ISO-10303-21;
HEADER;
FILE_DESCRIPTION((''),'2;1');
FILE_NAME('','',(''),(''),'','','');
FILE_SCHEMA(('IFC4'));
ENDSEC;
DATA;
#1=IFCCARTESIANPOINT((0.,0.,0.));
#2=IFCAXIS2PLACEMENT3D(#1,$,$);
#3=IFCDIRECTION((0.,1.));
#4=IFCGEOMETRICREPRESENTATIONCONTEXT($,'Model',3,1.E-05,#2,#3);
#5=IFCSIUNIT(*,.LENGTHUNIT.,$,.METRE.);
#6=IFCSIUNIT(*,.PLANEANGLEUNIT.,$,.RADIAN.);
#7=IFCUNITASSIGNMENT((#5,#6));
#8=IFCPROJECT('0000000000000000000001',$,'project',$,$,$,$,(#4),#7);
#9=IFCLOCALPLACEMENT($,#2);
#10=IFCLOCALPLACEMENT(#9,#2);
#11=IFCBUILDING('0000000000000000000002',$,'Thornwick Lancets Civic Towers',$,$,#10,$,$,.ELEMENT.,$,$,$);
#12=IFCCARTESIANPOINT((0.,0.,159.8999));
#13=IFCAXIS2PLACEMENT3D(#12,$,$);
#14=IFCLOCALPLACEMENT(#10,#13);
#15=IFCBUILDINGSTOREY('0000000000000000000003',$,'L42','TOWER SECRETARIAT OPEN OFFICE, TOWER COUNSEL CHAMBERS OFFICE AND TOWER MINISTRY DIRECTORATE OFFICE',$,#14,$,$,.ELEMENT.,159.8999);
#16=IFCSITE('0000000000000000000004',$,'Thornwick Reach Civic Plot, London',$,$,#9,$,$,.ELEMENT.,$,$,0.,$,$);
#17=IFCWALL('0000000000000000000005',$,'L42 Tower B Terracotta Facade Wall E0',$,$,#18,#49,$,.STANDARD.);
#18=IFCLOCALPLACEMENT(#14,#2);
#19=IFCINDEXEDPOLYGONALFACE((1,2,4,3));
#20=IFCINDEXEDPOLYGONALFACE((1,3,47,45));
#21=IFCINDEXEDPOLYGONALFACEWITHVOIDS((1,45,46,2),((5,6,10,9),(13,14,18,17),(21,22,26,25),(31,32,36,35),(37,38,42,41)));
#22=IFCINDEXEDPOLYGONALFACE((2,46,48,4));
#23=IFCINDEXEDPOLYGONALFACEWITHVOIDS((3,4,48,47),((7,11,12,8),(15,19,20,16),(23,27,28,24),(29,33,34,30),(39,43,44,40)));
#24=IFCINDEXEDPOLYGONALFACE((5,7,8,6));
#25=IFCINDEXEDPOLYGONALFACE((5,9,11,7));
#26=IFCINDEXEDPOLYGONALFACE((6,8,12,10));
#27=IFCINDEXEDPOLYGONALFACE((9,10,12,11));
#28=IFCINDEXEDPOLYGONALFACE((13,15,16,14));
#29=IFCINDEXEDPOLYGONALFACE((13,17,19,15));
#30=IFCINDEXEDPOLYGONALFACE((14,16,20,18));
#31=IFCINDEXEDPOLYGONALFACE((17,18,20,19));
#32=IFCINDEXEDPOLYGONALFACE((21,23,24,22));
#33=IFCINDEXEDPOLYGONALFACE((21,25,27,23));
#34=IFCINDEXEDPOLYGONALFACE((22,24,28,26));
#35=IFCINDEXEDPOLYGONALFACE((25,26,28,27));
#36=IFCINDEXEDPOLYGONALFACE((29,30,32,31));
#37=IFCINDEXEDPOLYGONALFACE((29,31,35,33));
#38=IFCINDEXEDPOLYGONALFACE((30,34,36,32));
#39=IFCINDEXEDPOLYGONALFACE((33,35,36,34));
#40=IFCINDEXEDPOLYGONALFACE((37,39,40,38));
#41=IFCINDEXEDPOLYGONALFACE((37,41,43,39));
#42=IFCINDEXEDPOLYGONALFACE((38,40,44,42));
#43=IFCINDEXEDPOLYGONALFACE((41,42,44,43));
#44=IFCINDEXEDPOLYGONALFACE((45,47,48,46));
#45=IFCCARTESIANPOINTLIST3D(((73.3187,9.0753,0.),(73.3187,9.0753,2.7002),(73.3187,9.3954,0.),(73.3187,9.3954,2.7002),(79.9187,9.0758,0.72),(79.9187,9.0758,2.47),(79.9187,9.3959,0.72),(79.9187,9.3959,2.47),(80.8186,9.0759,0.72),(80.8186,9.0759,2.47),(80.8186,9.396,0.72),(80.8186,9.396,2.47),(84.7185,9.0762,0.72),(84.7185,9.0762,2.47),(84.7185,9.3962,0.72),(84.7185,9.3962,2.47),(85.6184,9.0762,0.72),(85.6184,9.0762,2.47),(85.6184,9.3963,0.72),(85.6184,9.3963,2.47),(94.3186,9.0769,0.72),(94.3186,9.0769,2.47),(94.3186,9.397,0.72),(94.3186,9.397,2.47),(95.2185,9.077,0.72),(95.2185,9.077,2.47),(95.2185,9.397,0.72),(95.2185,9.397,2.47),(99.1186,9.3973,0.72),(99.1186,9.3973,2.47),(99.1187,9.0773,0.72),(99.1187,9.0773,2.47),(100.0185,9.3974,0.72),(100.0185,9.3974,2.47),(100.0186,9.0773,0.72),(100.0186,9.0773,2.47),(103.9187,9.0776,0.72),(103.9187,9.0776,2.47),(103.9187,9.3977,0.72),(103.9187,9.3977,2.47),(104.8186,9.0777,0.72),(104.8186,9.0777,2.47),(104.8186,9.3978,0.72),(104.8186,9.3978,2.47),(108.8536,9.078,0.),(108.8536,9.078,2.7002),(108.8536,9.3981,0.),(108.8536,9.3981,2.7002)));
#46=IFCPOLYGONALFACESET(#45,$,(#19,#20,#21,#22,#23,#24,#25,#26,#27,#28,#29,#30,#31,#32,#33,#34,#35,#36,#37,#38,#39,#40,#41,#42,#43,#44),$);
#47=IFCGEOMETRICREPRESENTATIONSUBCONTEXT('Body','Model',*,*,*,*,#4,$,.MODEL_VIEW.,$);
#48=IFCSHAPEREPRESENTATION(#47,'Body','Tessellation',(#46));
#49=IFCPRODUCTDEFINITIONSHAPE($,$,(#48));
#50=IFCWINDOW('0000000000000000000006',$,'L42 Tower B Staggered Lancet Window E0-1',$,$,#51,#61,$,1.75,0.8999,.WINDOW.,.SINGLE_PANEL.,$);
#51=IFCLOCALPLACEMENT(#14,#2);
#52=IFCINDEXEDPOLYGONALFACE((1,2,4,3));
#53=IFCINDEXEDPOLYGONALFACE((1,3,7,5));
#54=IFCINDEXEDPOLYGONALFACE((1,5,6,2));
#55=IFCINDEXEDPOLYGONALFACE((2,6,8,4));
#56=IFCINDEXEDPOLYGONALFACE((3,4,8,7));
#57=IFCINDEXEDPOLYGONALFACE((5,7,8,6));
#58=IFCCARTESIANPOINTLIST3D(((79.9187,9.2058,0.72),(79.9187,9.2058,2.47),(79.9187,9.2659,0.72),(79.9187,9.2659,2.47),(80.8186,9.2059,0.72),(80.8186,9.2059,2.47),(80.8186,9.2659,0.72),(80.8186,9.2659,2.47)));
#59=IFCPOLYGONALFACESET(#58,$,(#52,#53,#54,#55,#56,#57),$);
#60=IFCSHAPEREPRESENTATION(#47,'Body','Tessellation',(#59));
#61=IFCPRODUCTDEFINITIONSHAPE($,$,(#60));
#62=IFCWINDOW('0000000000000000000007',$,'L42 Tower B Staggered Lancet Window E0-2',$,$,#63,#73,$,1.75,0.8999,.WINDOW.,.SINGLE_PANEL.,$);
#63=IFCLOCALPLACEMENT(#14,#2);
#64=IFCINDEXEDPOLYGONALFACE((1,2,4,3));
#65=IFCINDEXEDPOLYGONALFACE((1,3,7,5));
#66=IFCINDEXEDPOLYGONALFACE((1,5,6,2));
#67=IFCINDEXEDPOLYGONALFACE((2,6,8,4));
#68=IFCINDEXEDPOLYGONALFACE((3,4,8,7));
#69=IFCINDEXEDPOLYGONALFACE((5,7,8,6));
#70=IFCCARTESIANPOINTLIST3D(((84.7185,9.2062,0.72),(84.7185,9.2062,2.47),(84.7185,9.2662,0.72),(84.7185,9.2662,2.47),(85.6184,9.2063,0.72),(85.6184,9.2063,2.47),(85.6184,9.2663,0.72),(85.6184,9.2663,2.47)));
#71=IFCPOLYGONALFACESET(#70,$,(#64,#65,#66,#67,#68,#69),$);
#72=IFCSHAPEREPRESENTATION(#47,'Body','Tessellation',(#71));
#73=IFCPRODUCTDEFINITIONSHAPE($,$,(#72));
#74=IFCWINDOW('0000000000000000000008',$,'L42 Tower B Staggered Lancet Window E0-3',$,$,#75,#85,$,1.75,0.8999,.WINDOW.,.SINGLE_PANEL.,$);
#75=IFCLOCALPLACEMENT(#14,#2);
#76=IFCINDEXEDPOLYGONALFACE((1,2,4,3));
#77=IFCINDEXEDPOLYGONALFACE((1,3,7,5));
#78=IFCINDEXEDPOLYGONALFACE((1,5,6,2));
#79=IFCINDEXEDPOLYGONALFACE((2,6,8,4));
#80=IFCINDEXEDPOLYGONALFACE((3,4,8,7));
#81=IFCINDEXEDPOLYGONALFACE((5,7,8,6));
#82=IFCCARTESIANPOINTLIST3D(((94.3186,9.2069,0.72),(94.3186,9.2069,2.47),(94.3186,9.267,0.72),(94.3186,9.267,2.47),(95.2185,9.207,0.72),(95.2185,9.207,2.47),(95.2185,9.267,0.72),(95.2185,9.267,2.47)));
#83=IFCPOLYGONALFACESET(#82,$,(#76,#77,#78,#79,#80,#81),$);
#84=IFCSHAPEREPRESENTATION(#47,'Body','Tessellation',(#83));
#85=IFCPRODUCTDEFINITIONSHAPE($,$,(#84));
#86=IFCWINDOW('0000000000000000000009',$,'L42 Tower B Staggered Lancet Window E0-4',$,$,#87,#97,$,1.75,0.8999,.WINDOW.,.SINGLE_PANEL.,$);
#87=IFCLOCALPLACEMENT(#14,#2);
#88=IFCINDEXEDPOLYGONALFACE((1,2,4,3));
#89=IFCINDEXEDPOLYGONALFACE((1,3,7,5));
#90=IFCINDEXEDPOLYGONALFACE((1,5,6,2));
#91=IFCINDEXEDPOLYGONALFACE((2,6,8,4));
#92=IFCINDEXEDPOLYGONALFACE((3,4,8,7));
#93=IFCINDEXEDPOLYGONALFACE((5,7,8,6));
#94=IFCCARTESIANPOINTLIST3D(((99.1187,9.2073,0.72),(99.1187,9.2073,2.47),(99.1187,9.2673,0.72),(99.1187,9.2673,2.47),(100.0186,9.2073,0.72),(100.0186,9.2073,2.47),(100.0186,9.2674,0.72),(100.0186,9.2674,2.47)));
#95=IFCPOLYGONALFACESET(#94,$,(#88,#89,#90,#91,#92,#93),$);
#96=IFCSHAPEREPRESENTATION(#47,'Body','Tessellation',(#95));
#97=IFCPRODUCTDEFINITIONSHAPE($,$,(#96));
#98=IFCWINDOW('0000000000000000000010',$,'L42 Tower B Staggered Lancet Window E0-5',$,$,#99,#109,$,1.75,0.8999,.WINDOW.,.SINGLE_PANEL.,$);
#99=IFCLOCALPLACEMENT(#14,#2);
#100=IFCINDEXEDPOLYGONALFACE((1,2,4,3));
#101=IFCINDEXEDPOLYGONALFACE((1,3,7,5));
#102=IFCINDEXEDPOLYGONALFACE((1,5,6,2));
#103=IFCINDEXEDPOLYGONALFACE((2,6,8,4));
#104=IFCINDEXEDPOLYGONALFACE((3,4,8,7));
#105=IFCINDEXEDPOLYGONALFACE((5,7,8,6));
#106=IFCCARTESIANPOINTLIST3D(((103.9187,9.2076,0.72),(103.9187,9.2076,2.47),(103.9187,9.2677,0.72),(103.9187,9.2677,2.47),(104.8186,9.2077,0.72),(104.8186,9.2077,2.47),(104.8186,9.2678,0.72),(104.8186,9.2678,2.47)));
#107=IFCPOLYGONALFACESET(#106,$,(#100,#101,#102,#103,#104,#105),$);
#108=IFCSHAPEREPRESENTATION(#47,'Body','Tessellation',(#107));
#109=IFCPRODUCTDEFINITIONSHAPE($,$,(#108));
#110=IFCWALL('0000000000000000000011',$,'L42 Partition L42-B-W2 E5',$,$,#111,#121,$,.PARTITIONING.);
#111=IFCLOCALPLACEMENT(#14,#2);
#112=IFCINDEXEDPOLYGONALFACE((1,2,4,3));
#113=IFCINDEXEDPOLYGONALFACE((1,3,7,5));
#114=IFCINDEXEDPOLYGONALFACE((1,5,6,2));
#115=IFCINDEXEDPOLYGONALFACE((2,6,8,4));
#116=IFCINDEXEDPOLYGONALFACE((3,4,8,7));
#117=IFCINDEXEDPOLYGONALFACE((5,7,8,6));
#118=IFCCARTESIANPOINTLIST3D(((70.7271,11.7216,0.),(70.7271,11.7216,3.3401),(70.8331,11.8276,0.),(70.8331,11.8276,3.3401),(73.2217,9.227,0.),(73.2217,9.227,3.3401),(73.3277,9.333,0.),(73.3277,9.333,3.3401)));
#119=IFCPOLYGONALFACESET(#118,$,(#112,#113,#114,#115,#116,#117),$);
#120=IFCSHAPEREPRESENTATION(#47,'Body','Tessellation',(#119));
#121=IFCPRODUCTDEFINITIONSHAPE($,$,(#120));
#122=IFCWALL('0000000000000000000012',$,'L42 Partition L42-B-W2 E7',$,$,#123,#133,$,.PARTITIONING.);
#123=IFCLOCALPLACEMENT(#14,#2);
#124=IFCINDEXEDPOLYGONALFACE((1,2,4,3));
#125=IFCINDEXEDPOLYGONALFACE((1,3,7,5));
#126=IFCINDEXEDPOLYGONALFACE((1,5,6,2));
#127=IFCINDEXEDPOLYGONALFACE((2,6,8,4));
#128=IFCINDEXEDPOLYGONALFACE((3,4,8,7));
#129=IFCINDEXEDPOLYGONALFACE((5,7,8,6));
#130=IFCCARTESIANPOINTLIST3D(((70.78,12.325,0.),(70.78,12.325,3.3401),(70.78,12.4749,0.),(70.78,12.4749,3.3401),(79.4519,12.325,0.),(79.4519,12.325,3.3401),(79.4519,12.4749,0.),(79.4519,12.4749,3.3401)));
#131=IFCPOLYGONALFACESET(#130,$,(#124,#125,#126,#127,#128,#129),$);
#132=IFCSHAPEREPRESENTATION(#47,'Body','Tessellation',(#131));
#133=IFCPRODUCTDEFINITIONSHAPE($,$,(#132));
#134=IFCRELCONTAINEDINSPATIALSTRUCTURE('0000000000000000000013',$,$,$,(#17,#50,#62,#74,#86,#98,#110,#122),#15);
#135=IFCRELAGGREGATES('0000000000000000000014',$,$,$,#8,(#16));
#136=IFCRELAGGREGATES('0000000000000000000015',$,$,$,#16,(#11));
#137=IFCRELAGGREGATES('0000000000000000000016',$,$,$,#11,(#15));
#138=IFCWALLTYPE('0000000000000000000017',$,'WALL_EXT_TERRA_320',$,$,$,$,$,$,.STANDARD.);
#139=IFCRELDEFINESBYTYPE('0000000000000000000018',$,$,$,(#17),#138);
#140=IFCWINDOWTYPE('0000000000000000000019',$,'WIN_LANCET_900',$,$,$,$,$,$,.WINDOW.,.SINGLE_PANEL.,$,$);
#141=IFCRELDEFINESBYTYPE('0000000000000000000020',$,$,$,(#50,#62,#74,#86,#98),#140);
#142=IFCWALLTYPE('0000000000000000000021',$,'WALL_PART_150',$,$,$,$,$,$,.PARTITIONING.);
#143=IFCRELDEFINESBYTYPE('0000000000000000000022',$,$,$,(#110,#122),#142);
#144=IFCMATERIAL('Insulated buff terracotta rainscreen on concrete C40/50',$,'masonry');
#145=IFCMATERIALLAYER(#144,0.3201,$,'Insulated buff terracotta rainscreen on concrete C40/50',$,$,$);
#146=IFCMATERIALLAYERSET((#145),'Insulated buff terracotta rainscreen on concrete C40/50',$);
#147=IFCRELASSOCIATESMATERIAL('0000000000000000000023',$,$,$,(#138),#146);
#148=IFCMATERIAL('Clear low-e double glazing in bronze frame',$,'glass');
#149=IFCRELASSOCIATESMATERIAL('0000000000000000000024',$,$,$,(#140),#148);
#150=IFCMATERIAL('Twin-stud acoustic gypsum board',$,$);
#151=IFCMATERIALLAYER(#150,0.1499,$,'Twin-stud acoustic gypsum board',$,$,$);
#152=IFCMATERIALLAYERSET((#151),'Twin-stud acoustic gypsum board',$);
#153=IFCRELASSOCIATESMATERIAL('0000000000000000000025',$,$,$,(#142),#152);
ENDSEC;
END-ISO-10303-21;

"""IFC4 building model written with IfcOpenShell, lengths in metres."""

from ifc_helpers import new_model, si_unit, direction, frame, frame_2d, origin, place, context, subcontext, project, spatial, rectangle, extrude, material, layer, layer_set, type_object, element, fill, save


model = new_model("IFC4")

# Units and contexts
model_context = context("Model", 3, precision=1e-05, world=origin(), true_north=direction((0.0, 1.0)))
body_context = subcontext(model_context, "Body", "Model", "MODEL_VIEW")
ifc_project = project(units=[si_unit("LENGTHUNIT", "METRE"), si_unit("PLANEANGLEUNIT", "RADIAN")], contexts=[model_context])

# Site, building, storey
site_placement = place(None, origin())
site = spatial("IfcSite", under=ifc_project, at=site_placement, Name="Thornwick Reach Civic Plot, London", CompositionType="ELEMENT", RefElevation=0.0)
building_placement = place(site_placement, origin())
building = spatial("IfcBuilding", under=site, at=building_placement, Name="Thornwick Lancets Civic Towers", CompositionType="ELEMENT")
storey_placement = place(building_placement, frame((0.0, 0.0, 159.8999)))
storey = spatial("IfcBuildingStorey", under=building, at=storey_placement, Name="L42", Description="TOWER SECRETARIAT OPEN OFFICE, TOWER COUNSEL CHAMBERS OFFICE AND TOWER MINISTRY DIRECTORATE OFFICE", CompositionType="ELEMENT", Elevation=159.8999)

# Wall, openings, windows
ifc_material_1 = material(Name="Insulated buff terracotta rainscreen on concrete C40/50", Category="masonry")
ifc_layer_1 = layer(ifc_material_1, 0.3201, Name="Insulated buff terracotta rainscreen on concrete C40/50")
ifc_layer_set_1 = layer_set([ifc_layer_1], Name="Insulated buff terracotta rainscreen on concrete C40/50")
wall_type_1 = type_object("IfcWallType", Name="WALL_EXT_TERRA_320", PredefinedType="STANDARD", material=ifc_layer_set_1)
ifc_material_2 = material(Name="Clear low-e double glazing in bronze frame", Category="glass")
window_type = type_object("IfcWindowType", Name="WIN_LANCET_900", PartitioningType="SINGLE_PANEL", PredefinedType="WINDOW", material=ifc_material_2)
wall_1_placement = place(storey_placement, frame((73.3186, 9.2354, 0.0), z_axis=(0.0, 0.0, 1.0), x_axis=(1.0, 0.000076, 0.0)))
wall_1 = element("IfcWall", 1, at=wall_1_placement, inside=storey, type_object=wall_type_1, Name="L42 Tower B Terracotta Facade Wall E0", PredefinedType="STANDARD", context=body_context, shape_type="SweptSolid", body=[
    extrude(rectangle(XDim=35.5349, YDim=0.3201, at=frame_2d((17.7676, 0.0))), origin(), (0.0, 0.0, 1.0), 2.7002),
])
opening_1_placement = place(wall_1_placement, frame((6.6001, 0.0, 0.72)))
opening_1 = element("IfcOpeningElement", 2, at=opening_1_placement, cuts=wall_1, PredefinedType="OPENING", context=body_context, shape_type="SweptSolid", body=[
    extrude(rectangle(XDim=0.8999, YDim=1.75, at=frame_2d((0.45, 0.875))), frame((0.0, 0.1699, 0.0), z_axis=(0.0, -1.0, 0.0), x_axis=(1.0, 0.0, 0.0)), (0.0, 0.0, 1.0), 0.3401),
])
opening_2_placement = place(wall_1_placement, frame((11.3999, 0.0, 0.72)))
opening_2 = element("IfcOpeningElement", 3, at=opening_2_placement, cuts=wall_1, PredefinedType="OPENING", context=body_context, shape_type="SweptSolid", body=[
    extrude(rectangle(XDim=0.8999, YDim=1.75, at=frame_2d((0.45, 0.875))), frame((0.0, 0.1699, 0.0), z_axis=(0.0, -1.0, 0.0), x_axis=(1.0, 0.0, 0.0)), (0.0, 0.0, 1.0), 0.3401),
])
opening_3_placement = place(wall_1_placement, frame((21.0, 0.0, 0.72)))
opening_3 = element("IfcOpeningElement", 4, at=opening_3_placement, cuts=wall_1, PredefinedType="OPENING", context=body_context, shape_type="SweptSolid", body=[
    extrude(rectangle(XDim=0.8999, YDim=1.75, at=frame_2d((0.45, 0.875))), frame((0.0, 0.1699, 0.0), z_axis=(0.0, -1.0, 0.0), x_axis=(1.0, 0.0, 0.0)), (0.0, 0.0, 1.0), 0.3401),
])
opening_4_placement = place(wall_1_placement, frame((25.8, 0.0, 0.72)))
opening_4 = element("IfcOpeningElement", 5, at=opening_4_placement, cuts=wall_1, PredefinedType="OPENING", context=body_context, shape_type="SweptSolid", body=[
    extrude(rectangle(XDim=0.8999, YDim=1.75, at=frame_2d((0.45, 0.875))), frame((0.0, 0.1699, 0.0), z_axis=(0.0, -1.0, 0.0), x_axis=(1.0, 0.0, 0.0)), (0.0, 0.0, 1.0), 0.3401),
])
opening_5_placement = place(wall_1_placement, frame((30.6001, 0.0, 0.72)))
opening_5 = element("IfcOpeningElement", 6, at=opening_5_placement, cuts=wall_1, PredefinedType="OPENING", context=body_context, shape_type="SweptSolid", body=[
    extrude(rectangle(XDim=0.8999, YDim=1.75, at=frame_2d((0.45, 0.875))), frame((0.0, 0.1699, 0.0), z_axis=(0.0, -1.0, 0.0), x_axis=(1.0, 0.0, 0.0)), (0.0, 0.0, 1.0), 0.3401),
])
window_1_placement = place(opening_1_placement, origin())
window_1 = element("IfcWindow", 7, at=window_1_placement, inside=storey, type_object=window_type, Name="L42 Tower B Staggered Lancet Window E0-1", OverallHeight=1.75, OverallWidth=0.8999, PartitioningType="SINGLE_PANEL", PredefinedType="WINDOW", context=body_context, shape_type="SweptSolid", body=[
    extrude(rectangle(XDim=0.8999, YDim=1.75, at=frame_2d((0.45, 0.875))), frame((0.0, 0.03, 0.0), z_axis=(0.0, -1.0, 0.0), x_axis=(1.0, 0.0, 0.0)), (0.0, 0.0, 1.0), 0.0601),
])
fill(opening_1, window_1)
window_2_placement = place(opening_2_placement, origin())
window_2 = element("IfcWindow", 8, at=window_2_placement, inside=storey, type_object=window_type, Name="L42 Tower B Staggered Lancet Window E0-2", OverallHeight=1.75, OverallWidth=0.8999, PartitioningType="SINGLE_PANEL", PredefinedType="WINDOW", context=body_context, shape_type="SweptSolid", body=[
    extrude(rectangle(XDim=0.8999, YDim=1.75, at=frame_2d((0.45, 0.875))), frame((0.0, 0.03, 0.0), z_axis=(0.0, -1.0, 0.0), x_axis=(1.0, 0.0, 0.0)), (0.0, 0.0, 1.0), 0.0601),
])
fill(opening_2, window_2)
window_3_placement = place(opening_3_placement, origin())
window_3 = element("IfcWindow", 9, at=window_3_placement, inside=storey, type_object=window_type, Name="L42 Tower B Staggered Lancet Window E0-3", OverallHeight=1.75, OverallWidth=0.8999, PartitioningType="SINGLE_PANEL", PredefinedType="WINDOW", context=body_context, shape_type="SweptSolid", body=[
    extrude(rectangle(XDim=0.8999, YDim=1.75, at=frame_2d((0.45, 0.875))), frame((0.0, 0.03, 0.0), z_axis=(0.0, -1.0, 0.0), x_axis=(1.0, 0.0, 0.0)), (0.0, 0.0, 1.0), 0.0601),
])
fill(opening_3, window_3)
window_4_placement = place(opening_4_placement, origin())
window_4 = element("IfcWindow", 10, at=window_4_placement, inside=storey, type_object=window_type, Name="L42 Tower B Staggered Lancet Window E0-4", OverallHeight=1.75, OverallWidth=0.8999, PartitioningType="SINGLE_PANEL", PredefinedType="WINDOW", context=body_context, shape_type="SweptSolid", body=[
    extrude(rectangle(XDim=0.8999, YDim=1.75, at=frame_2d((0.45, 0.875))), frame((0.0, 0.03, 0.0), z_axis=(0.0, -1.0, 0.0), x_axis=(1.0, 0.0, 0.0)), (0.0, 0.0, 1.0), 0.0601),
])
fill(opening_4, window_4)
window_5_placement = place(opening_5_placement, origin())
window_5 = element("IfcWindow", 11, at=window_5_placement, inside=storey, type_object=window_type, Name="L42 Tower B Staggered Lancet Window E0-5", OverallHeight=1.75, OverallWidth=0.8999, PartitioningType="SINGLE_PANEL", PredefinedType="WINDOW", context=body_context, shape_type="SweptSolid", body=[
    extrude(rectangle(XDim=0.8999, YDim=1.75, at=frame_2d((0.45, 0.875))), frame((0.0, 0.03, 0.0), z_axis=(0.0, -1.0, 0.0), x_axis=(1.0, 0.0, 0.0)), (0.0, 0.0, 1.0), 0.0601),
])
fill(opening_5, window_5)

# Walls
ifc_material_3 = material(Name="Twin-stud acoustic gypsum board")
ifc_layer_2 = layer(ifc_material_3, 0.1499, Name="Twin-stud acoustic gypsum board")
ifc_layer_set_2 = layer_set([ifc_layer_2], Name="Twin-stud acoustic gypsum board")
wall_type_2 = type_object("IfcWallType", Name="WALL_PART_150", PredefinedType="PARTITIONING", material=ifc_layer_set_2)
wall_2_placement = place(storey_placement, frame((73.2747, 9.28, 0.0), z_axis=(0.0, 0.0, 1.0), x_axis=(-0.707107, 0.707107, 0.0)))
element("IfcWall", 12, at=wall_2_placement, inside=storey, type_object=wall_type_2, Name="L42 Partition L42-B-W2 E5", PredefinedType="PARTITIONING", context=body_context, shape_type="SweptSolid", body=[
    extrude(rectangle(XDim=3.5278, YDim=0.1499, at=frame_2d((1.7639, 0.0))), origin(), (0.0, 0.0, 1.0), 3.3401),
])
wall_3_placement = place(storey_placement, frame((70.78, 12.3999, 0.0), z_axis=(0.0, 0.0, 1.0), x_axis=(1.0, 0.0, 0.0)))
element("IfcWall", 13, at=wall_3_placement, inside=storey, type_object=wall_type_2, Name="L42 Partition L42-B-W2 E7", PredefinedType="PARTITIONING", context=body_context, shape_type="SweptSolid", body=[
    extrude(rectangle(XDim=8.6719, YDim=0.1499, at=frame_2d((4.3359, 0.0))), origin(), (0.0, 0.0, 1.0), 3.3401),
])

save(model, "model.ifc")
